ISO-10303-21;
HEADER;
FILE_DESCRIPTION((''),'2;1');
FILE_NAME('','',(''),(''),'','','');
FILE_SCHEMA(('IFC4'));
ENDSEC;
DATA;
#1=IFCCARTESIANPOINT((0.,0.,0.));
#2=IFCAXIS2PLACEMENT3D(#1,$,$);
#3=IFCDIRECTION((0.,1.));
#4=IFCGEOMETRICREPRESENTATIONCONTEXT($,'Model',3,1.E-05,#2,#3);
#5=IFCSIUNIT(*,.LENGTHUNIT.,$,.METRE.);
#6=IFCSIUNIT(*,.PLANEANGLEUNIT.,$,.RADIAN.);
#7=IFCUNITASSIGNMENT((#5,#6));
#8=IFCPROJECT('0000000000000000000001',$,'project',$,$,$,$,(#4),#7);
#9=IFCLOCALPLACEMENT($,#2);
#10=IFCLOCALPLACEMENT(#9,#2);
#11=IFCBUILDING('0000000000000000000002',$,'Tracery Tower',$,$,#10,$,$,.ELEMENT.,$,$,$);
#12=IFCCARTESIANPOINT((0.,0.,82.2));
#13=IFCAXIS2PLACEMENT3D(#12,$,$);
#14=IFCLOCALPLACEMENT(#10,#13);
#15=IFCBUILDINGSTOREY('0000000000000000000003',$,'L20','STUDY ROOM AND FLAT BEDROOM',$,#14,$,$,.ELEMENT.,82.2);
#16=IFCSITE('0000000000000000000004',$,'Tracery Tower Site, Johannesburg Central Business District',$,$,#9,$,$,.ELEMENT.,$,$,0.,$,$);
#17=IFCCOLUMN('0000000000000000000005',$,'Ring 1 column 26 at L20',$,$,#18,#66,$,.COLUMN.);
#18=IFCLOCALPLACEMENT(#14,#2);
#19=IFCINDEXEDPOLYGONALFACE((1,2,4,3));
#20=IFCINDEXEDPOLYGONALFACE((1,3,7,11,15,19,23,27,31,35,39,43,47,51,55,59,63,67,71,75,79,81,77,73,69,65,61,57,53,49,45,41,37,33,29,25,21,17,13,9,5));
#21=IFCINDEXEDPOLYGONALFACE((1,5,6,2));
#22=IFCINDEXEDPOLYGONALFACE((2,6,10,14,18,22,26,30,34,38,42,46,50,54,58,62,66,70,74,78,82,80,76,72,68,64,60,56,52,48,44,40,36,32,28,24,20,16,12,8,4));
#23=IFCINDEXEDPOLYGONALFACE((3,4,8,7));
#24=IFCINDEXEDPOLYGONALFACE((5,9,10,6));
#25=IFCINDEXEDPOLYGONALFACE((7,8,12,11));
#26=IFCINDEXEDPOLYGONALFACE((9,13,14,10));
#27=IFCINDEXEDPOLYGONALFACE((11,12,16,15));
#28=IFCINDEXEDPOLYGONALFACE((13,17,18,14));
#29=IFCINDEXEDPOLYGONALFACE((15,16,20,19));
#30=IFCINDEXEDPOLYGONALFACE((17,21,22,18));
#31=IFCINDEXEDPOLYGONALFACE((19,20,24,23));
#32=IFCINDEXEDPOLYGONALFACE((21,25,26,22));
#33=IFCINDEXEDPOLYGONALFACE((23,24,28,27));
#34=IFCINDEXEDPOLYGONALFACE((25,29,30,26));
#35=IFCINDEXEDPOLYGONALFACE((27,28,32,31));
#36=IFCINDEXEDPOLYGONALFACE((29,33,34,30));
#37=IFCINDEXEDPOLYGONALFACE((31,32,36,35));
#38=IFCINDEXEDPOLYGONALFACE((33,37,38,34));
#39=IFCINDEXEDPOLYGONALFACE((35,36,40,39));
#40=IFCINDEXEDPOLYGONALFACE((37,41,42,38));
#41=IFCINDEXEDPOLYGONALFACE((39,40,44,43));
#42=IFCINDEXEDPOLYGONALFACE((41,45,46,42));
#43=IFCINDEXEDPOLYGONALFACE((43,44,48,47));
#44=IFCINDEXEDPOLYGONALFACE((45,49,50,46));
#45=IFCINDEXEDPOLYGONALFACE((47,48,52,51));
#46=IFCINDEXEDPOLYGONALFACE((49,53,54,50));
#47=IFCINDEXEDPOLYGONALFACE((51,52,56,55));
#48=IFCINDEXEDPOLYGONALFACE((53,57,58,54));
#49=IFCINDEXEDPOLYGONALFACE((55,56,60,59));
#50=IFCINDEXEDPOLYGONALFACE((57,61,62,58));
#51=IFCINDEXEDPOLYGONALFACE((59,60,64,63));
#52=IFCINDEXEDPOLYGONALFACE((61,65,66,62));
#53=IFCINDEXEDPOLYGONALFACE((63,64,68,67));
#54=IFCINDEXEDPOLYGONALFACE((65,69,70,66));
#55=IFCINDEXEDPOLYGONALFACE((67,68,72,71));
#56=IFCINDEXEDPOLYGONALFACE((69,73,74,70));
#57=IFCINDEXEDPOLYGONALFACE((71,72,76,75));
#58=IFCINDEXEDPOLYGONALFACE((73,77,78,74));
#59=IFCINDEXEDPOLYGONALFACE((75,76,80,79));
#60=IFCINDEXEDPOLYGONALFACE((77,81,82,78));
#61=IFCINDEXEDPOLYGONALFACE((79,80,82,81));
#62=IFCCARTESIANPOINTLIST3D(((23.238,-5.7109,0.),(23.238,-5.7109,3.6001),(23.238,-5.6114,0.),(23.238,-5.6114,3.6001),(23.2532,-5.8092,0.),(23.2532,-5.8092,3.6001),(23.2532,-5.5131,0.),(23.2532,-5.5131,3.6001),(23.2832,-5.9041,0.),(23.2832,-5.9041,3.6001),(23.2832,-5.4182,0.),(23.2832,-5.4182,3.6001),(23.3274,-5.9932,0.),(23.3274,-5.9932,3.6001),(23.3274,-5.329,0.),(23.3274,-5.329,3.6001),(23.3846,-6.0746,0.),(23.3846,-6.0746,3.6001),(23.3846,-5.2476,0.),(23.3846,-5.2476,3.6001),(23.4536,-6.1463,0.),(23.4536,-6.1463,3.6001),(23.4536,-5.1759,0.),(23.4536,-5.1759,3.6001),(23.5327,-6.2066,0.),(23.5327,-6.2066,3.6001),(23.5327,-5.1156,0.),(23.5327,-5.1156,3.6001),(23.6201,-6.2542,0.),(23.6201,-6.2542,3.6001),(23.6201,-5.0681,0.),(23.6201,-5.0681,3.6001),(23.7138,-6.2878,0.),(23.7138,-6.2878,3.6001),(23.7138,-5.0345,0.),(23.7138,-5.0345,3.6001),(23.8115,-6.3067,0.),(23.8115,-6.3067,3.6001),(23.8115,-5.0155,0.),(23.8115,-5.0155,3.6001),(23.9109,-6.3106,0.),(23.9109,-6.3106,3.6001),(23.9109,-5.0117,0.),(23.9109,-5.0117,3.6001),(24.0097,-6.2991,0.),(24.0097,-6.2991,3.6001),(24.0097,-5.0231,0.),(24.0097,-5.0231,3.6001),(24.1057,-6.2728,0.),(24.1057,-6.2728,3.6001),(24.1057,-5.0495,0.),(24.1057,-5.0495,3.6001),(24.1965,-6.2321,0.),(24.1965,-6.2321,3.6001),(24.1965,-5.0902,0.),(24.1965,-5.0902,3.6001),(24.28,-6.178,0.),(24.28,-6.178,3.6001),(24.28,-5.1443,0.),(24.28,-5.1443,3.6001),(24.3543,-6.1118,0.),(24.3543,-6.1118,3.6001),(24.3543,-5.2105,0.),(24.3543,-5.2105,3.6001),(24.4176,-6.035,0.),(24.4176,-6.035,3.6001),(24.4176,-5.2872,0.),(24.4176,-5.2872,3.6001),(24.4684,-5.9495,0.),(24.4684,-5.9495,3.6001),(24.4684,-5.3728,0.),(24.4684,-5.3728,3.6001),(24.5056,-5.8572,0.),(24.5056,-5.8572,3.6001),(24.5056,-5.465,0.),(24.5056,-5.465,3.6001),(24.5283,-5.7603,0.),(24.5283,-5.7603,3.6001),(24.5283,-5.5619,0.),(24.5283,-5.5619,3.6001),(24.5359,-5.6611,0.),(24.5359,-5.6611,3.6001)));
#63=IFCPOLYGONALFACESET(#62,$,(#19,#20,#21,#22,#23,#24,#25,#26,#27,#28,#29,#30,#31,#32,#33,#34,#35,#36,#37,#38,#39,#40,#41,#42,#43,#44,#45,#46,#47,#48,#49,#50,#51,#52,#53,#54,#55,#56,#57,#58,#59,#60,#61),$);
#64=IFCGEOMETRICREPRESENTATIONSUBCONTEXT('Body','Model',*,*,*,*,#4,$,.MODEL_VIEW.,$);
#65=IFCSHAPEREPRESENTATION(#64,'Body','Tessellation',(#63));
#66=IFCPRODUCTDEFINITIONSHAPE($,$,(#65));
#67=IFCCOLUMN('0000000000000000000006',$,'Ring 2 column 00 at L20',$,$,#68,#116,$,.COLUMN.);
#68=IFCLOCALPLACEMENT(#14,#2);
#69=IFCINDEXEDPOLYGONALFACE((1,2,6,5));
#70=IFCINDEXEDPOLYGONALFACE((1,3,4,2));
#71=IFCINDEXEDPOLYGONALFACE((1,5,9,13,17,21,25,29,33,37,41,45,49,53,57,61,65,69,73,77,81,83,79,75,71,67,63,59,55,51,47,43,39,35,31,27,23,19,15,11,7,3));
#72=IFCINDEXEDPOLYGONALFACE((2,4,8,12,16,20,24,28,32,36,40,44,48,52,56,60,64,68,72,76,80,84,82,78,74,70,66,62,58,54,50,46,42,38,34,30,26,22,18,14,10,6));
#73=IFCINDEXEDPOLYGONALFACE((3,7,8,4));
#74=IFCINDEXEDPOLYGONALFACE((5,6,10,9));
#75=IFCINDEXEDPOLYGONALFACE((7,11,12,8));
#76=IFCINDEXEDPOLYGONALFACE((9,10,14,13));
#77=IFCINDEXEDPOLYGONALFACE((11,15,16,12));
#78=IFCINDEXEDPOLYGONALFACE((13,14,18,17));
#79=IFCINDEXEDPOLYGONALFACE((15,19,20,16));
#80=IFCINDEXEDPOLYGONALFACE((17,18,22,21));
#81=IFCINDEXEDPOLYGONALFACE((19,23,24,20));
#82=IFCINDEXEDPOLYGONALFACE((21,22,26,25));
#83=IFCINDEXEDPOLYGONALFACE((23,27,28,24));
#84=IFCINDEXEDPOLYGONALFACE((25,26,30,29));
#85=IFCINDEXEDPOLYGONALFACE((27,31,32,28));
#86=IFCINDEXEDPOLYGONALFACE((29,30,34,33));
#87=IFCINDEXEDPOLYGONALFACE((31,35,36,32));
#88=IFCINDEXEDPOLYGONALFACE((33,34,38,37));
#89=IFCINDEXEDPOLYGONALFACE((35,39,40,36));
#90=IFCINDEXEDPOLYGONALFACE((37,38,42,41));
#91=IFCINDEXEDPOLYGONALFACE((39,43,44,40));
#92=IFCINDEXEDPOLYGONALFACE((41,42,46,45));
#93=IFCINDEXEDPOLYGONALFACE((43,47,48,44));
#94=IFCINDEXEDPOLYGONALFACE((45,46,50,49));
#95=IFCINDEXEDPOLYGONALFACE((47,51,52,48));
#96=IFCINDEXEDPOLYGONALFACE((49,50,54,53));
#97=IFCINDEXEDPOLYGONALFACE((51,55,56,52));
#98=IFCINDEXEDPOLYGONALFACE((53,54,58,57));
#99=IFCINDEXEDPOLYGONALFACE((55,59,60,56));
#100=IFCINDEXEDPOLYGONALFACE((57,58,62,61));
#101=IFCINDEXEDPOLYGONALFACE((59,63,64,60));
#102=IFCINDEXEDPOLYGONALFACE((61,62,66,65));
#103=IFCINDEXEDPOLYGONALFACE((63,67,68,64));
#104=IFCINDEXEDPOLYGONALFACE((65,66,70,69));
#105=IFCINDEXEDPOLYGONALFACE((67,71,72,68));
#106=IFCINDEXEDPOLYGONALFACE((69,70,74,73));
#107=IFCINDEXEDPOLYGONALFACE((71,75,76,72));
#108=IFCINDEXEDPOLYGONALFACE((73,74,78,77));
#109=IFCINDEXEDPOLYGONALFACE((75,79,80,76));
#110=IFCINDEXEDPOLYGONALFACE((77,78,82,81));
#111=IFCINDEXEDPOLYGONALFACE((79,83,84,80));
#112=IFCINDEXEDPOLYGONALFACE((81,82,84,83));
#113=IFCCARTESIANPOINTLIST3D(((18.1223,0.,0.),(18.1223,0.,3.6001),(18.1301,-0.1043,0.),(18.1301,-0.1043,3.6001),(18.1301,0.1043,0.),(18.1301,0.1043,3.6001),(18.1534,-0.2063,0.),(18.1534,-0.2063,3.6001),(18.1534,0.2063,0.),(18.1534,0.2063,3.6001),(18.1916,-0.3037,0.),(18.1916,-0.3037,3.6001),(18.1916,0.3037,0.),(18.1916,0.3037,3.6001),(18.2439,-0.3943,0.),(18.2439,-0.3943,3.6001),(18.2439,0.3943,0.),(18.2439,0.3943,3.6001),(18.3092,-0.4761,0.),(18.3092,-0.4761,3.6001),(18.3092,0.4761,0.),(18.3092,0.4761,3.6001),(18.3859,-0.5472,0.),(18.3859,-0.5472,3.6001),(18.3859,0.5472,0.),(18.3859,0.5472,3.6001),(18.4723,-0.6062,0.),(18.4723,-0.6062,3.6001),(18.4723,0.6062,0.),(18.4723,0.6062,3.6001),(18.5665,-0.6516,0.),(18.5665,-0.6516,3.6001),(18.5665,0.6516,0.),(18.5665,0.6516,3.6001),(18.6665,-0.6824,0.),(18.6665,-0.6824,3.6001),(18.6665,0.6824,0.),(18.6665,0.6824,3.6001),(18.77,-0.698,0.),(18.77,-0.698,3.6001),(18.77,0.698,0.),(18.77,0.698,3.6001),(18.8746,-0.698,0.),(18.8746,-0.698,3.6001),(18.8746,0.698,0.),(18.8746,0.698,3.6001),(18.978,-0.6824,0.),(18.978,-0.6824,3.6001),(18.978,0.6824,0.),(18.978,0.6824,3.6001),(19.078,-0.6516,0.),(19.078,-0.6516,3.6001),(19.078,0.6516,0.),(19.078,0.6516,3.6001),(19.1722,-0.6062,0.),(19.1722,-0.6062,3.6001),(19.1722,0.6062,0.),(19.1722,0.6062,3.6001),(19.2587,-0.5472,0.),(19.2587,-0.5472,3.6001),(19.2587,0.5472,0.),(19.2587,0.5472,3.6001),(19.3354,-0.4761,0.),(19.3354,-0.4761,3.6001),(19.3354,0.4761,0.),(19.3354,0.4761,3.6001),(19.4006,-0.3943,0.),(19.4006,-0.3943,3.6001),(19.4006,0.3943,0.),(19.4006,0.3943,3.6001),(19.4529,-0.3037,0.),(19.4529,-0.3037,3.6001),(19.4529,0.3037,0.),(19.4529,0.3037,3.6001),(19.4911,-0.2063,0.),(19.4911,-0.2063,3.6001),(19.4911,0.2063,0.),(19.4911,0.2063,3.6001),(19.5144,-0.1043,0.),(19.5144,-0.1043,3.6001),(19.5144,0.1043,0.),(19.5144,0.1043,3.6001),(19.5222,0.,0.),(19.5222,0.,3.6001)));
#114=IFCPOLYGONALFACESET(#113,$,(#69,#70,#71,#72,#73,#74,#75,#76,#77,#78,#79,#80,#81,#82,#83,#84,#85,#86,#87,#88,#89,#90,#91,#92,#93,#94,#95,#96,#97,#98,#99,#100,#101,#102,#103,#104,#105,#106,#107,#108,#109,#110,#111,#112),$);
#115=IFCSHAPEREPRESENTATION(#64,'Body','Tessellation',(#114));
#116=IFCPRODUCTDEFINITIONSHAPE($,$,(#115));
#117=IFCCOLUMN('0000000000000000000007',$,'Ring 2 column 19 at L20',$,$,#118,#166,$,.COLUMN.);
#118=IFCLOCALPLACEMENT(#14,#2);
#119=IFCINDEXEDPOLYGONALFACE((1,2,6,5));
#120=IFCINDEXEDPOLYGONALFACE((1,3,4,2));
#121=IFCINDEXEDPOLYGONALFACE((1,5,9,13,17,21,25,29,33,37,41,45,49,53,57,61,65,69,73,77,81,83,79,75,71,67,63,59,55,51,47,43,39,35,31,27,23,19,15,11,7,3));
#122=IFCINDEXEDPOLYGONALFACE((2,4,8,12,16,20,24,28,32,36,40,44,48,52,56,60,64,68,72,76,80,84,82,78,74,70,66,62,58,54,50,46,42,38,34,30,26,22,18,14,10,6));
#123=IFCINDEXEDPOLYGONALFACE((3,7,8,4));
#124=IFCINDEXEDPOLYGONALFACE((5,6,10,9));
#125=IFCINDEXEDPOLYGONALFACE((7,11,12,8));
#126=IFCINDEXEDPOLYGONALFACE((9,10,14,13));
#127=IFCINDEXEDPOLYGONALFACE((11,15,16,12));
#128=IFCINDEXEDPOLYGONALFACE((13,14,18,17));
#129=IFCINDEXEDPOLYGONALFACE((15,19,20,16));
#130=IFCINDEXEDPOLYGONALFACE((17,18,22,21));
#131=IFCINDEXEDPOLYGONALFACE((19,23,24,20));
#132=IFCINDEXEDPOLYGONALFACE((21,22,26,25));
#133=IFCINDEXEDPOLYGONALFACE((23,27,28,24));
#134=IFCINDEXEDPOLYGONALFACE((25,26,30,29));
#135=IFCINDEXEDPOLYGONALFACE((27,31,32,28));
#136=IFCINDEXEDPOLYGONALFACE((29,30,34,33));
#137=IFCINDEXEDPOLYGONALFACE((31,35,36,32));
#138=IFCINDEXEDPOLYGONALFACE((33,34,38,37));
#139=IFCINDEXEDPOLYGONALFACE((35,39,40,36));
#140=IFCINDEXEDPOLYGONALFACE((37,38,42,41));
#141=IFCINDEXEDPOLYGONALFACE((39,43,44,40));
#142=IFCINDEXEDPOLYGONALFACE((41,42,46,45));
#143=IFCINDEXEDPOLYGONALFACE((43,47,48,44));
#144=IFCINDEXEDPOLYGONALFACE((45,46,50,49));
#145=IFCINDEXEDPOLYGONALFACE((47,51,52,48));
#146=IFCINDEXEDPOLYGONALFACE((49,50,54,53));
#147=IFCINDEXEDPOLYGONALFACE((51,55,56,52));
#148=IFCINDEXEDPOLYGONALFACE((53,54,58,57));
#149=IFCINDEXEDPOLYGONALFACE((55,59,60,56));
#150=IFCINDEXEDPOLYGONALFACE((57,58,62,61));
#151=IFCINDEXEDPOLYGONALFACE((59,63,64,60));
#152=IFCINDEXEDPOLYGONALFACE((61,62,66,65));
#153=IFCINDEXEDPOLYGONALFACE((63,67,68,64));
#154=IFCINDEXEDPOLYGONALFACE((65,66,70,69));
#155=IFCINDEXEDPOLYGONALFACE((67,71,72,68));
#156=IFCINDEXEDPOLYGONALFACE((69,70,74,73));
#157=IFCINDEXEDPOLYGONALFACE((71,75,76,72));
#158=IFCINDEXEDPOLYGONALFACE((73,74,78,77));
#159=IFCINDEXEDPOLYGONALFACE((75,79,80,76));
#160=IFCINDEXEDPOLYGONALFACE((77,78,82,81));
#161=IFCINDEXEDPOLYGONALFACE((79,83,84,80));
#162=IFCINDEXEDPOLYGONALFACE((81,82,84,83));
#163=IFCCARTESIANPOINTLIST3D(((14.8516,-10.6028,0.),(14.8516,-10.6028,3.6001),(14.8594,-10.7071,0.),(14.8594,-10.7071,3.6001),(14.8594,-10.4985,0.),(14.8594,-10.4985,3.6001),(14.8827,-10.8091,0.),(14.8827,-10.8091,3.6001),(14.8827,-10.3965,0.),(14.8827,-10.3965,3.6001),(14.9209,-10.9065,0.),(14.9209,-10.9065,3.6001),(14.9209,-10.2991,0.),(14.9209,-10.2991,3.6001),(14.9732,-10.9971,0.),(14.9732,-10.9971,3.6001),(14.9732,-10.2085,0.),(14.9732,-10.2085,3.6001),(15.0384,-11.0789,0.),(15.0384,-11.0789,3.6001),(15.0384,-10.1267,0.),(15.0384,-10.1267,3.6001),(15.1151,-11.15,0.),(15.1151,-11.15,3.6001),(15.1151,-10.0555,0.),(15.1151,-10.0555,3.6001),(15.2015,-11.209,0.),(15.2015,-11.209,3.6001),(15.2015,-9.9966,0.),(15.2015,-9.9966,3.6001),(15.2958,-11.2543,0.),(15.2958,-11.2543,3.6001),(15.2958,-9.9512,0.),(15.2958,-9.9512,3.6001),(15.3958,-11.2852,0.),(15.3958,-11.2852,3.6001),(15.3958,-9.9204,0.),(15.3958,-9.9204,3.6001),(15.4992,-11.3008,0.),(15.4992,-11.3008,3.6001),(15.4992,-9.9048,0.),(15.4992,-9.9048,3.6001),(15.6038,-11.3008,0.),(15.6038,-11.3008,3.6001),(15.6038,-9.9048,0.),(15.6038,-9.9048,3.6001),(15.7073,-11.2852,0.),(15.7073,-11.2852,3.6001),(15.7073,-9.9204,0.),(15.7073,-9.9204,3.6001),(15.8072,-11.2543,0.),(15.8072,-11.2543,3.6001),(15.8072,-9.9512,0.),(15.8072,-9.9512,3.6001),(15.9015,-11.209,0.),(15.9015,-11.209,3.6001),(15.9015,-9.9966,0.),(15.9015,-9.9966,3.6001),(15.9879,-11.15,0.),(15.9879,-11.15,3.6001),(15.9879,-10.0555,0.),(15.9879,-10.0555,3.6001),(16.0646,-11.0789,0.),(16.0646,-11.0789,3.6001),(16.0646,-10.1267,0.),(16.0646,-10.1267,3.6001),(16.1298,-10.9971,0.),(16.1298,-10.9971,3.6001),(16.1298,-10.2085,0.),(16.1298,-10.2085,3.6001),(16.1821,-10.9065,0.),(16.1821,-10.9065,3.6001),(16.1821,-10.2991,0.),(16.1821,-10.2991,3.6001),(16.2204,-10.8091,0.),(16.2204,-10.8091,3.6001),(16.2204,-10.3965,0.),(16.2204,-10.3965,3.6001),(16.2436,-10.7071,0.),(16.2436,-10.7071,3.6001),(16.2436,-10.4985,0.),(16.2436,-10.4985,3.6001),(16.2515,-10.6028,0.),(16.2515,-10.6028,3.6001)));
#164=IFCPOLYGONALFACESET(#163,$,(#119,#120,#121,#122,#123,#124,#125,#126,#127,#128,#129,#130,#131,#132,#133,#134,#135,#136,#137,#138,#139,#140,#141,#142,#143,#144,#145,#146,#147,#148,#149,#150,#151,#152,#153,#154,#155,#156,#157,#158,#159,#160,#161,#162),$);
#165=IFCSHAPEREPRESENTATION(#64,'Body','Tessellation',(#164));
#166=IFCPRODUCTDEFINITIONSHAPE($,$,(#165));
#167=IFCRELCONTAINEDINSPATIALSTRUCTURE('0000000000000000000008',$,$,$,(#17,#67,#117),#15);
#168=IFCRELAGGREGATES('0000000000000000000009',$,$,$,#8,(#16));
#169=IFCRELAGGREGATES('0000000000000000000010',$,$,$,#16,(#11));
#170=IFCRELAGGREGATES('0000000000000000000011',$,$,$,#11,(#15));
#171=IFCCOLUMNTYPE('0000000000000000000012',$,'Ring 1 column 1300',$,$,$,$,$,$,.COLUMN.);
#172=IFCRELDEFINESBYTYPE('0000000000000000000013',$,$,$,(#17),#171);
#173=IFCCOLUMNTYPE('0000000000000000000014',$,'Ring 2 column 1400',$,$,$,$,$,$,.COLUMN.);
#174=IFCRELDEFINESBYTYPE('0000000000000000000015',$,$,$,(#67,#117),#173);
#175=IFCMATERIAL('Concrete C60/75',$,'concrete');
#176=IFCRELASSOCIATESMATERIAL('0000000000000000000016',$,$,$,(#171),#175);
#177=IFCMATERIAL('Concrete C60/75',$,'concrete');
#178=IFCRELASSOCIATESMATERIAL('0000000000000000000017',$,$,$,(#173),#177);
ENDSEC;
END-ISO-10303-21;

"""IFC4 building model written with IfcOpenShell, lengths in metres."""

from ifc_helpers import new_model, si_unit, direction, frame, origin, origin_2d, place, context, subcontext, project, spatial, circle, extrude, material, material_profile, profile_set, type_object, element, save


model = new_model("IFC4")

# Units and contexts
model_context = context("Model", 3, precision=1e-05, world=origin(), true_north=direction((0.0, 1.0)))
body_context = subcontext(model_context, "Body", "Model", "MODEL_VIEW")
ifc_project = project(units=[si_unit("LENGTHUNIT", "METRE"), si_unit("PLANEANGLEUNIT", "RADIAN")], contexts=[model_context])

# Site, building, storey
site_placement = place(None, origin())
site = spatial("IfcSite", under=ifc_project, at=site_placement, Name="Tracery Tower Site, Johannesburg Central Business District", CompositionType="ELEMENT", RefElevation=0.0)
building_placement = place(site_placement, origin())
building = spatial("IfcBuilding", under=site, at=building_placement, Name="Tracery Tower", CompositionType="ELEMENT")
storey_placement = place(building_placement, frame((0.0, 0.0, 82.2)))
storey = spatial("IfcBuildingStorey", under=building, at=storey_placement, Name="L20", Description="STUDY ROOM AND FLAT BEDROOM", CompositionType="ELEMENT", Elevation=82.2)

# Columns
ifc_material_1 = material(Name="Concrete C60/75", Category="concrete")
ifc_material_profile_1 = material_profile(ifc_material_1, circle(Radius=0.6499, at=origin_2d()), Name="RC D1300")
ifc_profile_set_1 = profile_set([ifc_material_profile_1], Name="Concrete C60/75")
column_type_1 = type_object("IfcColumnType", Name="Ring 1 column 1300", PredefinedType="COLUMN", material=ifc_profile_set_1)
for number, where, z_axis, x_axis, name in (
    (1, (23.886, -5.6611, 0.0), (0.0, 0.0, 1.0), (1.0, 0.0, 0.0), "Ring 1 column 26 at L20"),
):
    element("IfcColumn", number, at=place(storey_placement, frame(where, z_axis=z_axis, x_axis=x_axis)), inside=storey, type_object=column_type_1, Name=name, PredefinedType="COLUMN", context=body_context, shape_type="SweptSolid", body=[
        extrude(circle(Radius=0.6499, at=origin_2d()), origin(), (0.0, 0.0, 1.0), 3.6001),
    ])
ifc_material_2 = material(Name="Concrete C60/75", Category="concrete")
ifc_material_profile_2 = material_profile(ifc_material_2, circle(Radius=0.7, at=origin_2d()), Name="RC D1400")
ifc_profile_set_2 = profile_set([ifc_material_profile_2], Name="Concrete C60/75")
column_type_2 = type_object("IfcColumnType", Name="Ring 2 column 1400", PredefinedType="COLUMN", material=ifc_profile_set_2)
for number, where, z_axis, x_axis, name in (
    (2, (18.8223, 0.0, 0.0), (0.0, 0.0, 1.0), (1.0, 0.0, 0.0), "Ring 2 column 00 at L20"),
    (3, (15.5515, -10.6028, 0.0), (0.0, 0.0, 1.0), (1.0, 0.0, 0.0), "Ring 2 column 19 at L20"),
):
    element("IfcColumn", number, at=place(storey_placement, frame(where, z_axis=z_axis, x_axis=x_axis)), inside=storey, type_object=column_type_2, Name=name, PredefinedType="COLUMN", context=body_context, shape_type="SweptSolid", body=[
        extrude(circle(Radius=0.7, at=origin_2d()), origin(), (0.0, 0.0, 1.0), 3.6001),
    ])

save(model, "model.ifc")
